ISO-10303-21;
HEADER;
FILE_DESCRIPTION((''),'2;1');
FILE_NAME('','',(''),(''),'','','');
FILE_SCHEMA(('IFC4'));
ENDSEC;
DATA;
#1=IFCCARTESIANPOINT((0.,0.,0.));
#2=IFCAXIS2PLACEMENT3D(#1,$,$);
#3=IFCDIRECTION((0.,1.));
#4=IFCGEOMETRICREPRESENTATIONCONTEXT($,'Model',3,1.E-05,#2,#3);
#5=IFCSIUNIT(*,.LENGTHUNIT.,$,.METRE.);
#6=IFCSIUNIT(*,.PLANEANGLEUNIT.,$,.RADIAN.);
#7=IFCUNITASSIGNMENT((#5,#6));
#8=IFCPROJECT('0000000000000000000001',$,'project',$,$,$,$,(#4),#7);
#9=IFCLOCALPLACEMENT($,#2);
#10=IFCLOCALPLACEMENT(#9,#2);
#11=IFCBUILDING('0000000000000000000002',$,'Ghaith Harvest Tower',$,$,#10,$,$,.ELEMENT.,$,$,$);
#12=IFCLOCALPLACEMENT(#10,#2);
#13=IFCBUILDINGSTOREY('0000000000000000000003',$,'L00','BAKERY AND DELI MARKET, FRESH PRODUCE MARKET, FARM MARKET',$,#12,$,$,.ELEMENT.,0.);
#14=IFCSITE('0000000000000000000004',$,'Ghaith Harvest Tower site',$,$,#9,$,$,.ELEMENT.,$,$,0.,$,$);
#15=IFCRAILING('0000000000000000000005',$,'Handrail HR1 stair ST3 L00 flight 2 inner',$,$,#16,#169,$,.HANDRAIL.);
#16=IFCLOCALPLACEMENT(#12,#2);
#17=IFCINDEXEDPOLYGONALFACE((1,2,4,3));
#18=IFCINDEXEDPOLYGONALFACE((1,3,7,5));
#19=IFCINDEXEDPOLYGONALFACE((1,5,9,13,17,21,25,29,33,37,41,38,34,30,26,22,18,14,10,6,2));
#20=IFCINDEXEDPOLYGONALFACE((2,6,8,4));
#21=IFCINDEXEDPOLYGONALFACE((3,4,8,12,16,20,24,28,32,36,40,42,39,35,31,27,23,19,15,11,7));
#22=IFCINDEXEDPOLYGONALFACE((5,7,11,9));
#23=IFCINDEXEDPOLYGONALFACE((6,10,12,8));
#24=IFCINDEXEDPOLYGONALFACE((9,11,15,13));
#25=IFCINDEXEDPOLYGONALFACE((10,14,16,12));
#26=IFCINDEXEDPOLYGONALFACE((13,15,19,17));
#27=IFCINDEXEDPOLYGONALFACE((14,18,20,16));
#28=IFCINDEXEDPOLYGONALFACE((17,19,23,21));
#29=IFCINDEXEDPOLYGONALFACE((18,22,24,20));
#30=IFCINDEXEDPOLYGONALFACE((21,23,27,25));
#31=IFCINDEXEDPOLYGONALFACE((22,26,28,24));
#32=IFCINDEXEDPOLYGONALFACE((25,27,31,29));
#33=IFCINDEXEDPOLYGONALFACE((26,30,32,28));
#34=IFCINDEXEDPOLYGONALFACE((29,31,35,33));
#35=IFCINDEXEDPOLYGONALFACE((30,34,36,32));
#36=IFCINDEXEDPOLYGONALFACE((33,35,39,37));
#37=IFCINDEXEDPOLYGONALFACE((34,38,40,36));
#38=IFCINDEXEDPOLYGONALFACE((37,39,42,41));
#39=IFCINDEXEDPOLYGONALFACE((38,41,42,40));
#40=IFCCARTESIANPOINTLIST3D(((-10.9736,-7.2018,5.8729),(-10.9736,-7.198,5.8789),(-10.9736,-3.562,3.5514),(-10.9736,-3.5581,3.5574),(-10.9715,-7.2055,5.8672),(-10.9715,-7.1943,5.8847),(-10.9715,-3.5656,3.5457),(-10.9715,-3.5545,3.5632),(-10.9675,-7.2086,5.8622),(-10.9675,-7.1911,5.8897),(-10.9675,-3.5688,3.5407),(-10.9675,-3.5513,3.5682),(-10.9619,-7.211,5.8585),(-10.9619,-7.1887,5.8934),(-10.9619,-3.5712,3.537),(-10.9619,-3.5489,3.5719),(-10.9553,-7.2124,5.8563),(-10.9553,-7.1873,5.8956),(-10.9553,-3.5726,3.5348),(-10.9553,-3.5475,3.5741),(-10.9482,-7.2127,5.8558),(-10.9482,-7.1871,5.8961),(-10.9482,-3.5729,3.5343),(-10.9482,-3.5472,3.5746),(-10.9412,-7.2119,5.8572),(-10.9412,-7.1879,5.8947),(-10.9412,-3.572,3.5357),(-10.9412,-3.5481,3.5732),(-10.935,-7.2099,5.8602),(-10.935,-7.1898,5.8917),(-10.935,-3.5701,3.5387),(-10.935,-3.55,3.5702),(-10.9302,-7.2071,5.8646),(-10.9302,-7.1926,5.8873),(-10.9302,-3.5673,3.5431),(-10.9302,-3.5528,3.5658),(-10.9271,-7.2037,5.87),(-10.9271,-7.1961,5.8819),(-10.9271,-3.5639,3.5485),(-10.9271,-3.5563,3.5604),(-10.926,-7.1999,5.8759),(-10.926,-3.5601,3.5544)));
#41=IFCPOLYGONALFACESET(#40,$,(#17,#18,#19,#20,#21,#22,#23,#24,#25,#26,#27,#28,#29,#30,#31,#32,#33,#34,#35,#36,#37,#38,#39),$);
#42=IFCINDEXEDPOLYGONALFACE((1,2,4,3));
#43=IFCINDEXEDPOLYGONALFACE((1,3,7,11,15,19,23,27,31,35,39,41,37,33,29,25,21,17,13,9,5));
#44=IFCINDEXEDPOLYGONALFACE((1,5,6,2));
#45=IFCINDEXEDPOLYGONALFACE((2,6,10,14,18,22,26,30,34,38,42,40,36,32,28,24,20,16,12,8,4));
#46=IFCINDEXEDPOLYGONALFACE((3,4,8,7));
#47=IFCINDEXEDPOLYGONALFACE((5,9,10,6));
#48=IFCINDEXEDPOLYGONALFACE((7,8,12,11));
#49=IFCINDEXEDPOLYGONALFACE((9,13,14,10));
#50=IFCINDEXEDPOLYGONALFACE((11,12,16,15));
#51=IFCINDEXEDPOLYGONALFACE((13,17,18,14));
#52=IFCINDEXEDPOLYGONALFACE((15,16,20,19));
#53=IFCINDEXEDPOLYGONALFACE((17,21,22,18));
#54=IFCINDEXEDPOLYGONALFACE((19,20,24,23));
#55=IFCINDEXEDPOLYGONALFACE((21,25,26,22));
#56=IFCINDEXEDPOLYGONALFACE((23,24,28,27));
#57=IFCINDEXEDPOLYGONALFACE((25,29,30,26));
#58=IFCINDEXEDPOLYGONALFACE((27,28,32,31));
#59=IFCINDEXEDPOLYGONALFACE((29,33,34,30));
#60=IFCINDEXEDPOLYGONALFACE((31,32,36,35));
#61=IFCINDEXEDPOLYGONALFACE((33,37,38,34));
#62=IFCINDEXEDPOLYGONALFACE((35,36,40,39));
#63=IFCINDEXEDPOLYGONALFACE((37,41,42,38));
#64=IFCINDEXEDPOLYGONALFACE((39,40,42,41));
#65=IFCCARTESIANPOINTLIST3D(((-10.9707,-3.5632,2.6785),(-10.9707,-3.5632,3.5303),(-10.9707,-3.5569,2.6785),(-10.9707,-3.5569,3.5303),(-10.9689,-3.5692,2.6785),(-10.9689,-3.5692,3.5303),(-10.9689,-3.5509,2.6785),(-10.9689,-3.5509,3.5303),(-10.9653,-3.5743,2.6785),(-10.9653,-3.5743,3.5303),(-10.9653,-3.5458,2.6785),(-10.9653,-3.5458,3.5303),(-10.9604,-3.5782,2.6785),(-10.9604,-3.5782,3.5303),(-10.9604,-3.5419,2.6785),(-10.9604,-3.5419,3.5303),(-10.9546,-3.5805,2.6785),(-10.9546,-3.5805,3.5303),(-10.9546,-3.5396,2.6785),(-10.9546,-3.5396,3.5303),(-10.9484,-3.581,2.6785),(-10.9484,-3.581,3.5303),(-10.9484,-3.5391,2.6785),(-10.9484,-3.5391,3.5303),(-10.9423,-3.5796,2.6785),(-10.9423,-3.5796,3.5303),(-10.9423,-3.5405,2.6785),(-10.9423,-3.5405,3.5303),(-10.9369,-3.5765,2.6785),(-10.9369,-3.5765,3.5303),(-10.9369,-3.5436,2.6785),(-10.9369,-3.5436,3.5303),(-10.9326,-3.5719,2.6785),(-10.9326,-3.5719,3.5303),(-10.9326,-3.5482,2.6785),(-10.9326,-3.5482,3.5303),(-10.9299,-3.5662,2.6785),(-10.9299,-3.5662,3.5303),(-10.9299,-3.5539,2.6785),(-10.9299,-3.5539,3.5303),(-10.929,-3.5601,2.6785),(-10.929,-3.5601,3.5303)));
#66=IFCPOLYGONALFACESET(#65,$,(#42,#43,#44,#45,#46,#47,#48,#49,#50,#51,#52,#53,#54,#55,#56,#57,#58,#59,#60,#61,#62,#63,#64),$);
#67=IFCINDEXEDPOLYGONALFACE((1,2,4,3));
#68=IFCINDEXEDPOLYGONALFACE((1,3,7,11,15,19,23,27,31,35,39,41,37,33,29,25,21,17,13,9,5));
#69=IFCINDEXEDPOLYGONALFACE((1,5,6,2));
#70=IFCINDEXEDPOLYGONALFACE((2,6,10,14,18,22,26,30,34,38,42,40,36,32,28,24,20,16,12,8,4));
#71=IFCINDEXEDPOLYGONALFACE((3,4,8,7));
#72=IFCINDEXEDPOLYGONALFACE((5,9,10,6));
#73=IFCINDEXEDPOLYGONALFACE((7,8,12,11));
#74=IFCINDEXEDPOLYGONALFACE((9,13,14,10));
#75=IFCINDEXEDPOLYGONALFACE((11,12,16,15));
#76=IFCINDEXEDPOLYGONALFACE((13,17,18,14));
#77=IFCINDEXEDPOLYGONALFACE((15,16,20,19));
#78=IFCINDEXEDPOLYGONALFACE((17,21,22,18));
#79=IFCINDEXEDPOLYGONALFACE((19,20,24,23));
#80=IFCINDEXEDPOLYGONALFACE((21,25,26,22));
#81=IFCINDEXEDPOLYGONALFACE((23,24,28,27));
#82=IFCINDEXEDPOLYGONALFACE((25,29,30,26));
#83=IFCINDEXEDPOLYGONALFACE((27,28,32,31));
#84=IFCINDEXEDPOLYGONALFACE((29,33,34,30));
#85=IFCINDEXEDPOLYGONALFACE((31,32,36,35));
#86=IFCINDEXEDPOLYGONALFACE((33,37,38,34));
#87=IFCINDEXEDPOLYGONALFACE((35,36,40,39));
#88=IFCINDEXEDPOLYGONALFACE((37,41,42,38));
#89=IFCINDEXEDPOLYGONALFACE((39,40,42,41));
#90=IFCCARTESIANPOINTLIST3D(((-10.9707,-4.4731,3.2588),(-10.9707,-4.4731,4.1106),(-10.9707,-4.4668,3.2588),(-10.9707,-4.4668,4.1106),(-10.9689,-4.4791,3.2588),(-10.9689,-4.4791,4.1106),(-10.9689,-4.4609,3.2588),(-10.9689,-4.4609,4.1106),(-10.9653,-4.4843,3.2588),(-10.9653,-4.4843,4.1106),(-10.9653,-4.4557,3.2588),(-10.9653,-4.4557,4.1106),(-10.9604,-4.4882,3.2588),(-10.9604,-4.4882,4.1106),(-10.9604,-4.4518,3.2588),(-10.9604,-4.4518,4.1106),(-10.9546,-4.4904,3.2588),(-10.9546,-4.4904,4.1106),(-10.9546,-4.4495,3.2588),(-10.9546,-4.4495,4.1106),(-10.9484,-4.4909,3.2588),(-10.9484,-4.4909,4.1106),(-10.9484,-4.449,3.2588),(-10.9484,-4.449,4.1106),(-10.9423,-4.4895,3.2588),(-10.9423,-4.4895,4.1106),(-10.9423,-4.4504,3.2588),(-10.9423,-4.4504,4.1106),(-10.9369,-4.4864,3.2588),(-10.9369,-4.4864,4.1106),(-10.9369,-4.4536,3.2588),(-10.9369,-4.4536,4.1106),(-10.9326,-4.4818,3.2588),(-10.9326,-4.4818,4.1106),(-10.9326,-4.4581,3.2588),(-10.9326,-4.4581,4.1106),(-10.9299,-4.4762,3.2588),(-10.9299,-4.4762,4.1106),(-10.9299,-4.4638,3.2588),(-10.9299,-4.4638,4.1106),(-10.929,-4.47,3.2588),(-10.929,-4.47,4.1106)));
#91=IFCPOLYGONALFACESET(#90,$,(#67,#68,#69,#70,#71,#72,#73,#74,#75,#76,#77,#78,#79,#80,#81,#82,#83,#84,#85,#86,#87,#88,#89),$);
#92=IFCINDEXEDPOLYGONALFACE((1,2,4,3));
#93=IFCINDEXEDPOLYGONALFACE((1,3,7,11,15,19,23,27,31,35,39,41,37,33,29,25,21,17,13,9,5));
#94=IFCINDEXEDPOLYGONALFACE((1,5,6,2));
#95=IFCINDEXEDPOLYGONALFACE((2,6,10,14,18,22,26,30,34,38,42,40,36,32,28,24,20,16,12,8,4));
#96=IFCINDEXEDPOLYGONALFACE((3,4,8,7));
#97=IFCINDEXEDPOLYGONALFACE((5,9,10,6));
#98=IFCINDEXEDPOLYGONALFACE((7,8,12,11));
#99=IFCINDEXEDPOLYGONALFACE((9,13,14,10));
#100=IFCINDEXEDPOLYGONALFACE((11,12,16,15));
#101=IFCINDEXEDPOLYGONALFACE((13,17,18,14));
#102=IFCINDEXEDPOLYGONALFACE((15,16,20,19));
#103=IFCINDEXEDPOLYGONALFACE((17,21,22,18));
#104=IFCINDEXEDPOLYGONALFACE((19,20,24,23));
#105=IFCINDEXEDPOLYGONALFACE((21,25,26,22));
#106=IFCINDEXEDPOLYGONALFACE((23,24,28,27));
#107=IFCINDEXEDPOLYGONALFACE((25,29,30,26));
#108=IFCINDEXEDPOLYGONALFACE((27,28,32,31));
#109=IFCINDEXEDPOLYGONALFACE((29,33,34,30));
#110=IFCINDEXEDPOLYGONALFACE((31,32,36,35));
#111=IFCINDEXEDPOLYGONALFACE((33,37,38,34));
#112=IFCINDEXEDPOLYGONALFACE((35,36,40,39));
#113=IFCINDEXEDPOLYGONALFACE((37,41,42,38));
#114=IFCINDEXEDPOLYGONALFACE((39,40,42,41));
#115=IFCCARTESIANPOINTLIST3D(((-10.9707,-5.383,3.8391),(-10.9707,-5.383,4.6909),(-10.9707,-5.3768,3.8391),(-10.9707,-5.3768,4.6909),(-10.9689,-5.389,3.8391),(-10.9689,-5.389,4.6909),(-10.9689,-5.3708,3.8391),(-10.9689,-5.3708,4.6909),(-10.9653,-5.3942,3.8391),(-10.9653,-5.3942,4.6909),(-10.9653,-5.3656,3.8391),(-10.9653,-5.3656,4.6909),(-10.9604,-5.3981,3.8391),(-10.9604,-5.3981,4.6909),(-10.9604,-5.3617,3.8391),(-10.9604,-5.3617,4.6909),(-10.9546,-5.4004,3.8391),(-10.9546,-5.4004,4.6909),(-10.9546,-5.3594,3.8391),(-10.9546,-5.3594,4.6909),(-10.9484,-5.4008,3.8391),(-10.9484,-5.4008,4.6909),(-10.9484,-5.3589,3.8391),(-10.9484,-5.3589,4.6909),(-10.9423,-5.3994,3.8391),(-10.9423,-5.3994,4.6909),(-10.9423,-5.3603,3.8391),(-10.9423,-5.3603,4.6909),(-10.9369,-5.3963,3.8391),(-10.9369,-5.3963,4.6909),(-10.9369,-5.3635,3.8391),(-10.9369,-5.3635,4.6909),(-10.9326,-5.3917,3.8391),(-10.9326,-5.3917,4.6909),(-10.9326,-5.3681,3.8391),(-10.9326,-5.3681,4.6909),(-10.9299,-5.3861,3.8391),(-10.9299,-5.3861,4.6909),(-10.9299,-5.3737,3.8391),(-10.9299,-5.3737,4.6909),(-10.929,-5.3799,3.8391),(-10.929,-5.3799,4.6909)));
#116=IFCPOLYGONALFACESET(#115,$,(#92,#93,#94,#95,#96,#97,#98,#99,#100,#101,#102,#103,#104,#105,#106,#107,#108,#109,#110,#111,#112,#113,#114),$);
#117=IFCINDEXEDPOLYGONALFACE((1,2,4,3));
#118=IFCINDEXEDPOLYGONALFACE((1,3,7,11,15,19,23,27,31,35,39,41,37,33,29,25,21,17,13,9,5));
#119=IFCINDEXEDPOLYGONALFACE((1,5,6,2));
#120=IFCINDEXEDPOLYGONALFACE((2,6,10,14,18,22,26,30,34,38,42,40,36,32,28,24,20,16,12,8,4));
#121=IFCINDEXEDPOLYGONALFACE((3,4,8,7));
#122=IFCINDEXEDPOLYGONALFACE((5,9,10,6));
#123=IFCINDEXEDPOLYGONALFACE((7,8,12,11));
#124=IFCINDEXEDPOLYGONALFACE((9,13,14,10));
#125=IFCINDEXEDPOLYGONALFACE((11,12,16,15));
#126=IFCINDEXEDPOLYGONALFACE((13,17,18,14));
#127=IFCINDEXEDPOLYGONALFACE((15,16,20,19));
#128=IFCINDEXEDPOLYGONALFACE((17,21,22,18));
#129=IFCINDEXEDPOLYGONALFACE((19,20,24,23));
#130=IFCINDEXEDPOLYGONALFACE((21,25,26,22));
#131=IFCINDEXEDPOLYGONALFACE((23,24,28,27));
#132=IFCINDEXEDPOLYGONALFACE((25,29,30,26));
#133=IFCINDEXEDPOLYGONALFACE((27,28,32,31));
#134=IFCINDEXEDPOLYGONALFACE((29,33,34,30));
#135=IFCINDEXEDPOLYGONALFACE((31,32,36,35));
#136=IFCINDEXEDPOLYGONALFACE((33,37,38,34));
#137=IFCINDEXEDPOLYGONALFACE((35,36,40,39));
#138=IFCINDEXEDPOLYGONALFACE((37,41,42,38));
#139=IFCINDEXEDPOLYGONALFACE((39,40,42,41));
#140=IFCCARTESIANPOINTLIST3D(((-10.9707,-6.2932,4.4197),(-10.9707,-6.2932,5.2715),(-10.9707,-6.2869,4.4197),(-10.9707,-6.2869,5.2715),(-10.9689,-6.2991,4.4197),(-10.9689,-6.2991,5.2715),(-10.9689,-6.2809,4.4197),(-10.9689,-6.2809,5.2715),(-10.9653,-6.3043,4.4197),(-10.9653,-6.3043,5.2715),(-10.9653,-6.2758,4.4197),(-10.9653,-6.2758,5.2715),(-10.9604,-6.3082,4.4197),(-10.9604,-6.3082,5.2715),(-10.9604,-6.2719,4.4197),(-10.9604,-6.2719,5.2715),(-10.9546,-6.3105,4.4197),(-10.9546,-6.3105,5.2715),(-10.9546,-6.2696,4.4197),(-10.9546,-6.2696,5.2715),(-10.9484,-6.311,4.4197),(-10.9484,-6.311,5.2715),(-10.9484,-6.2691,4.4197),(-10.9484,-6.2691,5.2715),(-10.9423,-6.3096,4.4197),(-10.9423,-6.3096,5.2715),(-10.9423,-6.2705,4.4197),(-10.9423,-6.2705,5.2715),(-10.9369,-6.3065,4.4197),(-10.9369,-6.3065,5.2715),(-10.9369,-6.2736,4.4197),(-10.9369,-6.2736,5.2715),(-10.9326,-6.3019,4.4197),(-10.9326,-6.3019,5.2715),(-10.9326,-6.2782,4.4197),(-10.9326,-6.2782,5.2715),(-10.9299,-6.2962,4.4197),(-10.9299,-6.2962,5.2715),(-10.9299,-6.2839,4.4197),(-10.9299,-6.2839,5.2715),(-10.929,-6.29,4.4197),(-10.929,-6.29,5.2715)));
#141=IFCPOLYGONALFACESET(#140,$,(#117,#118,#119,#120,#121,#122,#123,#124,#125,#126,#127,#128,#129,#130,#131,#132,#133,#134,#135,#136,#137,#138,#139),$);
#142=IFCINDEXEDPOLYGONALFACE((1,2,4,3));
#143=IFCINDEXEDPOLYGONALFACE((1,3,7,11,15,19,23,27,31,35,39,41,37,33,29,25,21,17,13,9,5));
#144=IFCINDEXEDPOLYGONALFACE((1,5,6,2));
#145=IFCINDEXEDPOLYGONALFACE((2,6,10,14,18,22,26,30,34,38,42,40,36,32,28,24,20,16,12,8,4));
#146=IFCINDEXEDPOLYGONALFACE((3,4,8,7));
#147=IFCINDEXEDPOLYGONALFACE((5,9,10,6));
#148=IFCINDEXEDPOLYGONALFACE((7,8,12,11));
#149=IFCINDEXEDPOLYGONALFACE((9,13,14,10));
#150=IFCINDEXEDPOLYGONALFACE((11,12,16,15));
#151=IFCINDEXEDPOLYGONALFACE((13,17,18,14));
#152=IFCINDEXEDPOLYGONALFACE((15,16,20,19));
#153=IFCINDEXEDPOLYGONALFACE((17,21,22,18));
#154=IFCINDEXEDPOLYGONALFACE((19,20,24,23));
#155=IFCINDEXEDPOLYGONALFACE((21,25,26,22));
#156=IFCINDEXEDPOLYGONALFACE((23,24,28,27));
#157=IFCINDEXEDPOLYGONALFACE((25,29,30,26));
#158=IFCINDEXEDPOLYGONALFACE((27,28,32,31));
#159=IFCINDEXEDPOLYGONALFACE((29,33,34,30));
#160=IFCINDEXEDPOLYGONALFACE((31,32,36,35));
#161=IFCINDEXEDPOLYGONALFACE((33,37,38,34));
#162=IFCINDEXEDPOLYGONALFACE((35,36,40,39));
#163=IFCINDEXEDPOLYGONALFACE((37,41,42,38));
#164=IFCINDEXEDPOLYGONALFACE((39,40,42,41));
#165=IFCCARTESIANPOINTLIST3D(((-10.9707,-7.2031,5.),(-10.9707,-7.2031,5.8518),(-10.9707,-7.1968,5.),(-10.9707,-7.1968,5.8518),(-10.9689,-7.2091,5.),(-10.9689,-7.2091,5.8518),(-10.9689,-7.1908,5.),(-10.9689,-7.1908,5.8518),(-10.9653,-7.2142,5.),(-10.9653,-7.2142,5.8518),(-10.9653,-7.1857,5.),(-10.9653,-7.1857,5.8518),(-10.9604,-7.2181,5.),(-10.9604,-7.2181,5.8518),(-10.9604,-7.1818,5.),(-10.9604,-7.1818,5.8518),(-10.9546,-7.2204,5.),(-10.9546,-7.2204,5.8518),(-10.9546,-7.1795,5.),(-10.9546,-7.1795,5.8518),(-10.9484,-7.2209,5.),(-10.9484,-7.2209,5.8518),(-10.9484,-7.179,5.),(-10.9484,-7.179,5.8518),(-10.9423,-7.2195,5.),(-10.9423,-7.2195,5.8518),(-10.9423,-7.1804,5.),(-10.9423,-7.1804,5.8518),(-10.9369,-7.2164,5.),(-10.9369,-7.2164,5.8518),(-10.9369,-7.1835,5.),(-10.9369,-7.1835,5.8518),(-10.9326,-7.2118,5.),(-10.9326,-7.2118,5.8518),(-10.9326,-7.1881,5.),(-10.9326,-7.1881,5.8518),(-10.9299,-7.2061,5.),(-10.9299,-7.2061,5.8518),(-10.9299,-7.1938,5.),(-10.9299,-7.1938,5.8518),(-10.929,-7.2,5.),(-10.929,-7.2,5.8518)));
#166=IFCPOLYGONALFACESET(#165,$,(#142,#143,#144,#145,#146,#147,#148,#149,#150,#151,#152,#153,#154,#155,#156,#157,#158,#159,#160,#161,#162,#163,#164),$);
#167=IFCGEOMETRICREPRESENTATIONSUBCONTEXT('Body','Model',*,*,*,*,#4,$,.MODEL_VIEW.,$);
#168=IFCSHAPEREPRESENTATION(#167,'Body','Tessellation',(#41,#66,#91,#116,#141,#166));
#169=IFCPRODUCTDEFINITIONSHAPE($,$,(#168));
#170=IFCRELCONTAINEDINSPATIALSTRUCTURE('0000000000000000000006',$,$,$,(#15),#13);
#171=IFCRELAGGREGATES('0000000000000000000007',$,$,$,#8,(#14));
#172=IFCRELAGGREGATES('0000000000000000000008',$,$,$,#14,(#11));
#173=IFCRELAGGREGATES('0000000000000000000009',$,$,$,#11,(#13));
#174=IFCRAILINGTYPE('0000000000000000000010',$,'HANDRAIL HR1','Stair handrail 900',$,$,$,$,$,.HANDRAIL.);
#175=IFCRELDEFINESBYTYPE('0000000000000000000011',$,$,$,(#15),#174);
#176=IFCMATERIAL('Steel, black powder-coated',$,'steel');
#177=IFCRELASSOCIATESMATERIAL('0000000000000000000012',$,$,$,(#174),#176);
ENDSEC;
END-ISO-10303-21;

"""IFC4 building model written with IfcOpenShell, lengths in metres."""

from ifc_helpers import new_model, si_unit, direction, frame, origin, origin_2d, place, context, subcontext, project, spatial, circle, extrude, material, type_object, element, save


model = new_model("IFC4")

# Units and contexts
model_context = context("Model", 3, precision=1e-05, world=origin(), true_north=direction((0.0, 1.0)))
body_context = subcontext(model_context, "Body", "Model", "MODEL_VIEW")
ifc_project = project(units=[si_unit("LENGTHUNIT", "METRE"), si_unit("PLANEANGLEUNIT", "RADIAN")], contexts=[model_context])

# Site, building, storey
site_placement = place(None, origin())
site = spatial("IfcSite", under=ifc_project, at=site_placement, Name="Ghaith Harvest Tower site", CompositionType="ELEMENT", RefElevation=0.0)
building_placement = place(site_placement, origin())
building = spatial("IfcBuilding", under=site, at=building_placement, Name="Ghaith Harvest Tower", CompositionType="ELEMENT")
storey_placement = place(building_placement, origin())
storey = spatial("IfcBuildingStorey", under=building, at=storey_placement, Name="L00", Description="BAKERY AND DELI MARKET, FRESH PRODUCE MARKET, FARM MARKET", CompositionType="ELEMENT", Elevation=0.0)

# Railing
ifc_material_1 = material(Name="Steel, black powder-coated", Category="steel")
railing_type = type_object("IfcRailingType", Name="HANDRAIL HR1", Description="Stair handrail 900", PredefinedType="HANDRAIL", material=ifc_material_1)
railing_1_placement = place(storey_placement, frame((-10.95, -3.5601, 2.6785)))
element("IfcRailing", 1, at=railing_1_placement, inside=storey, type_object=railing_type, Name="Handrail HR1 stair ST3 L00 flight 2 inner", PredefinedType="HANDRAIL", context=body_context, shape_type="SweptSolid", body=[
    extrude(circle(Radius=0.0239, at=origin_2d()), frame((0.0, 0.0, 0.876), z_axis=(0.0, -0.843112, 0.537739), x_axis=(1.0, 0.0, 0.0)), (0.0, 0.0, 1.0), 4.3171),
    extrude(circle(Radius=0.021, at=origin_2d()), origin(), (0.0, 0.0, 1.0), 0.8518),
    extrude(circle(Radius=0.021, at=origin_2d()), frame((0.0, -0.9099, 0.5803)), (0.0, 0.0, 1.0), 0.8518),
    extrude(circle(Radius=0.021, at=origin_2d()), frame((0.0, -1.8198, 1.1606)), (0.0, 0.0, 1.0), 0.8518),
    extrude(circle(Radius=0.021, at=origin_2d()), frame((0.0, -2.73, 1.7412)), (0.0, 0.0, 1.0), 0.8518),
    extrude(circle(Radius=0.021, at=origin_2d()), frame((0.0, -3.6399, 2.3215)), (0.0, 0.0, 1.0), 0.8518),
])

save(model, "model.ifc")
